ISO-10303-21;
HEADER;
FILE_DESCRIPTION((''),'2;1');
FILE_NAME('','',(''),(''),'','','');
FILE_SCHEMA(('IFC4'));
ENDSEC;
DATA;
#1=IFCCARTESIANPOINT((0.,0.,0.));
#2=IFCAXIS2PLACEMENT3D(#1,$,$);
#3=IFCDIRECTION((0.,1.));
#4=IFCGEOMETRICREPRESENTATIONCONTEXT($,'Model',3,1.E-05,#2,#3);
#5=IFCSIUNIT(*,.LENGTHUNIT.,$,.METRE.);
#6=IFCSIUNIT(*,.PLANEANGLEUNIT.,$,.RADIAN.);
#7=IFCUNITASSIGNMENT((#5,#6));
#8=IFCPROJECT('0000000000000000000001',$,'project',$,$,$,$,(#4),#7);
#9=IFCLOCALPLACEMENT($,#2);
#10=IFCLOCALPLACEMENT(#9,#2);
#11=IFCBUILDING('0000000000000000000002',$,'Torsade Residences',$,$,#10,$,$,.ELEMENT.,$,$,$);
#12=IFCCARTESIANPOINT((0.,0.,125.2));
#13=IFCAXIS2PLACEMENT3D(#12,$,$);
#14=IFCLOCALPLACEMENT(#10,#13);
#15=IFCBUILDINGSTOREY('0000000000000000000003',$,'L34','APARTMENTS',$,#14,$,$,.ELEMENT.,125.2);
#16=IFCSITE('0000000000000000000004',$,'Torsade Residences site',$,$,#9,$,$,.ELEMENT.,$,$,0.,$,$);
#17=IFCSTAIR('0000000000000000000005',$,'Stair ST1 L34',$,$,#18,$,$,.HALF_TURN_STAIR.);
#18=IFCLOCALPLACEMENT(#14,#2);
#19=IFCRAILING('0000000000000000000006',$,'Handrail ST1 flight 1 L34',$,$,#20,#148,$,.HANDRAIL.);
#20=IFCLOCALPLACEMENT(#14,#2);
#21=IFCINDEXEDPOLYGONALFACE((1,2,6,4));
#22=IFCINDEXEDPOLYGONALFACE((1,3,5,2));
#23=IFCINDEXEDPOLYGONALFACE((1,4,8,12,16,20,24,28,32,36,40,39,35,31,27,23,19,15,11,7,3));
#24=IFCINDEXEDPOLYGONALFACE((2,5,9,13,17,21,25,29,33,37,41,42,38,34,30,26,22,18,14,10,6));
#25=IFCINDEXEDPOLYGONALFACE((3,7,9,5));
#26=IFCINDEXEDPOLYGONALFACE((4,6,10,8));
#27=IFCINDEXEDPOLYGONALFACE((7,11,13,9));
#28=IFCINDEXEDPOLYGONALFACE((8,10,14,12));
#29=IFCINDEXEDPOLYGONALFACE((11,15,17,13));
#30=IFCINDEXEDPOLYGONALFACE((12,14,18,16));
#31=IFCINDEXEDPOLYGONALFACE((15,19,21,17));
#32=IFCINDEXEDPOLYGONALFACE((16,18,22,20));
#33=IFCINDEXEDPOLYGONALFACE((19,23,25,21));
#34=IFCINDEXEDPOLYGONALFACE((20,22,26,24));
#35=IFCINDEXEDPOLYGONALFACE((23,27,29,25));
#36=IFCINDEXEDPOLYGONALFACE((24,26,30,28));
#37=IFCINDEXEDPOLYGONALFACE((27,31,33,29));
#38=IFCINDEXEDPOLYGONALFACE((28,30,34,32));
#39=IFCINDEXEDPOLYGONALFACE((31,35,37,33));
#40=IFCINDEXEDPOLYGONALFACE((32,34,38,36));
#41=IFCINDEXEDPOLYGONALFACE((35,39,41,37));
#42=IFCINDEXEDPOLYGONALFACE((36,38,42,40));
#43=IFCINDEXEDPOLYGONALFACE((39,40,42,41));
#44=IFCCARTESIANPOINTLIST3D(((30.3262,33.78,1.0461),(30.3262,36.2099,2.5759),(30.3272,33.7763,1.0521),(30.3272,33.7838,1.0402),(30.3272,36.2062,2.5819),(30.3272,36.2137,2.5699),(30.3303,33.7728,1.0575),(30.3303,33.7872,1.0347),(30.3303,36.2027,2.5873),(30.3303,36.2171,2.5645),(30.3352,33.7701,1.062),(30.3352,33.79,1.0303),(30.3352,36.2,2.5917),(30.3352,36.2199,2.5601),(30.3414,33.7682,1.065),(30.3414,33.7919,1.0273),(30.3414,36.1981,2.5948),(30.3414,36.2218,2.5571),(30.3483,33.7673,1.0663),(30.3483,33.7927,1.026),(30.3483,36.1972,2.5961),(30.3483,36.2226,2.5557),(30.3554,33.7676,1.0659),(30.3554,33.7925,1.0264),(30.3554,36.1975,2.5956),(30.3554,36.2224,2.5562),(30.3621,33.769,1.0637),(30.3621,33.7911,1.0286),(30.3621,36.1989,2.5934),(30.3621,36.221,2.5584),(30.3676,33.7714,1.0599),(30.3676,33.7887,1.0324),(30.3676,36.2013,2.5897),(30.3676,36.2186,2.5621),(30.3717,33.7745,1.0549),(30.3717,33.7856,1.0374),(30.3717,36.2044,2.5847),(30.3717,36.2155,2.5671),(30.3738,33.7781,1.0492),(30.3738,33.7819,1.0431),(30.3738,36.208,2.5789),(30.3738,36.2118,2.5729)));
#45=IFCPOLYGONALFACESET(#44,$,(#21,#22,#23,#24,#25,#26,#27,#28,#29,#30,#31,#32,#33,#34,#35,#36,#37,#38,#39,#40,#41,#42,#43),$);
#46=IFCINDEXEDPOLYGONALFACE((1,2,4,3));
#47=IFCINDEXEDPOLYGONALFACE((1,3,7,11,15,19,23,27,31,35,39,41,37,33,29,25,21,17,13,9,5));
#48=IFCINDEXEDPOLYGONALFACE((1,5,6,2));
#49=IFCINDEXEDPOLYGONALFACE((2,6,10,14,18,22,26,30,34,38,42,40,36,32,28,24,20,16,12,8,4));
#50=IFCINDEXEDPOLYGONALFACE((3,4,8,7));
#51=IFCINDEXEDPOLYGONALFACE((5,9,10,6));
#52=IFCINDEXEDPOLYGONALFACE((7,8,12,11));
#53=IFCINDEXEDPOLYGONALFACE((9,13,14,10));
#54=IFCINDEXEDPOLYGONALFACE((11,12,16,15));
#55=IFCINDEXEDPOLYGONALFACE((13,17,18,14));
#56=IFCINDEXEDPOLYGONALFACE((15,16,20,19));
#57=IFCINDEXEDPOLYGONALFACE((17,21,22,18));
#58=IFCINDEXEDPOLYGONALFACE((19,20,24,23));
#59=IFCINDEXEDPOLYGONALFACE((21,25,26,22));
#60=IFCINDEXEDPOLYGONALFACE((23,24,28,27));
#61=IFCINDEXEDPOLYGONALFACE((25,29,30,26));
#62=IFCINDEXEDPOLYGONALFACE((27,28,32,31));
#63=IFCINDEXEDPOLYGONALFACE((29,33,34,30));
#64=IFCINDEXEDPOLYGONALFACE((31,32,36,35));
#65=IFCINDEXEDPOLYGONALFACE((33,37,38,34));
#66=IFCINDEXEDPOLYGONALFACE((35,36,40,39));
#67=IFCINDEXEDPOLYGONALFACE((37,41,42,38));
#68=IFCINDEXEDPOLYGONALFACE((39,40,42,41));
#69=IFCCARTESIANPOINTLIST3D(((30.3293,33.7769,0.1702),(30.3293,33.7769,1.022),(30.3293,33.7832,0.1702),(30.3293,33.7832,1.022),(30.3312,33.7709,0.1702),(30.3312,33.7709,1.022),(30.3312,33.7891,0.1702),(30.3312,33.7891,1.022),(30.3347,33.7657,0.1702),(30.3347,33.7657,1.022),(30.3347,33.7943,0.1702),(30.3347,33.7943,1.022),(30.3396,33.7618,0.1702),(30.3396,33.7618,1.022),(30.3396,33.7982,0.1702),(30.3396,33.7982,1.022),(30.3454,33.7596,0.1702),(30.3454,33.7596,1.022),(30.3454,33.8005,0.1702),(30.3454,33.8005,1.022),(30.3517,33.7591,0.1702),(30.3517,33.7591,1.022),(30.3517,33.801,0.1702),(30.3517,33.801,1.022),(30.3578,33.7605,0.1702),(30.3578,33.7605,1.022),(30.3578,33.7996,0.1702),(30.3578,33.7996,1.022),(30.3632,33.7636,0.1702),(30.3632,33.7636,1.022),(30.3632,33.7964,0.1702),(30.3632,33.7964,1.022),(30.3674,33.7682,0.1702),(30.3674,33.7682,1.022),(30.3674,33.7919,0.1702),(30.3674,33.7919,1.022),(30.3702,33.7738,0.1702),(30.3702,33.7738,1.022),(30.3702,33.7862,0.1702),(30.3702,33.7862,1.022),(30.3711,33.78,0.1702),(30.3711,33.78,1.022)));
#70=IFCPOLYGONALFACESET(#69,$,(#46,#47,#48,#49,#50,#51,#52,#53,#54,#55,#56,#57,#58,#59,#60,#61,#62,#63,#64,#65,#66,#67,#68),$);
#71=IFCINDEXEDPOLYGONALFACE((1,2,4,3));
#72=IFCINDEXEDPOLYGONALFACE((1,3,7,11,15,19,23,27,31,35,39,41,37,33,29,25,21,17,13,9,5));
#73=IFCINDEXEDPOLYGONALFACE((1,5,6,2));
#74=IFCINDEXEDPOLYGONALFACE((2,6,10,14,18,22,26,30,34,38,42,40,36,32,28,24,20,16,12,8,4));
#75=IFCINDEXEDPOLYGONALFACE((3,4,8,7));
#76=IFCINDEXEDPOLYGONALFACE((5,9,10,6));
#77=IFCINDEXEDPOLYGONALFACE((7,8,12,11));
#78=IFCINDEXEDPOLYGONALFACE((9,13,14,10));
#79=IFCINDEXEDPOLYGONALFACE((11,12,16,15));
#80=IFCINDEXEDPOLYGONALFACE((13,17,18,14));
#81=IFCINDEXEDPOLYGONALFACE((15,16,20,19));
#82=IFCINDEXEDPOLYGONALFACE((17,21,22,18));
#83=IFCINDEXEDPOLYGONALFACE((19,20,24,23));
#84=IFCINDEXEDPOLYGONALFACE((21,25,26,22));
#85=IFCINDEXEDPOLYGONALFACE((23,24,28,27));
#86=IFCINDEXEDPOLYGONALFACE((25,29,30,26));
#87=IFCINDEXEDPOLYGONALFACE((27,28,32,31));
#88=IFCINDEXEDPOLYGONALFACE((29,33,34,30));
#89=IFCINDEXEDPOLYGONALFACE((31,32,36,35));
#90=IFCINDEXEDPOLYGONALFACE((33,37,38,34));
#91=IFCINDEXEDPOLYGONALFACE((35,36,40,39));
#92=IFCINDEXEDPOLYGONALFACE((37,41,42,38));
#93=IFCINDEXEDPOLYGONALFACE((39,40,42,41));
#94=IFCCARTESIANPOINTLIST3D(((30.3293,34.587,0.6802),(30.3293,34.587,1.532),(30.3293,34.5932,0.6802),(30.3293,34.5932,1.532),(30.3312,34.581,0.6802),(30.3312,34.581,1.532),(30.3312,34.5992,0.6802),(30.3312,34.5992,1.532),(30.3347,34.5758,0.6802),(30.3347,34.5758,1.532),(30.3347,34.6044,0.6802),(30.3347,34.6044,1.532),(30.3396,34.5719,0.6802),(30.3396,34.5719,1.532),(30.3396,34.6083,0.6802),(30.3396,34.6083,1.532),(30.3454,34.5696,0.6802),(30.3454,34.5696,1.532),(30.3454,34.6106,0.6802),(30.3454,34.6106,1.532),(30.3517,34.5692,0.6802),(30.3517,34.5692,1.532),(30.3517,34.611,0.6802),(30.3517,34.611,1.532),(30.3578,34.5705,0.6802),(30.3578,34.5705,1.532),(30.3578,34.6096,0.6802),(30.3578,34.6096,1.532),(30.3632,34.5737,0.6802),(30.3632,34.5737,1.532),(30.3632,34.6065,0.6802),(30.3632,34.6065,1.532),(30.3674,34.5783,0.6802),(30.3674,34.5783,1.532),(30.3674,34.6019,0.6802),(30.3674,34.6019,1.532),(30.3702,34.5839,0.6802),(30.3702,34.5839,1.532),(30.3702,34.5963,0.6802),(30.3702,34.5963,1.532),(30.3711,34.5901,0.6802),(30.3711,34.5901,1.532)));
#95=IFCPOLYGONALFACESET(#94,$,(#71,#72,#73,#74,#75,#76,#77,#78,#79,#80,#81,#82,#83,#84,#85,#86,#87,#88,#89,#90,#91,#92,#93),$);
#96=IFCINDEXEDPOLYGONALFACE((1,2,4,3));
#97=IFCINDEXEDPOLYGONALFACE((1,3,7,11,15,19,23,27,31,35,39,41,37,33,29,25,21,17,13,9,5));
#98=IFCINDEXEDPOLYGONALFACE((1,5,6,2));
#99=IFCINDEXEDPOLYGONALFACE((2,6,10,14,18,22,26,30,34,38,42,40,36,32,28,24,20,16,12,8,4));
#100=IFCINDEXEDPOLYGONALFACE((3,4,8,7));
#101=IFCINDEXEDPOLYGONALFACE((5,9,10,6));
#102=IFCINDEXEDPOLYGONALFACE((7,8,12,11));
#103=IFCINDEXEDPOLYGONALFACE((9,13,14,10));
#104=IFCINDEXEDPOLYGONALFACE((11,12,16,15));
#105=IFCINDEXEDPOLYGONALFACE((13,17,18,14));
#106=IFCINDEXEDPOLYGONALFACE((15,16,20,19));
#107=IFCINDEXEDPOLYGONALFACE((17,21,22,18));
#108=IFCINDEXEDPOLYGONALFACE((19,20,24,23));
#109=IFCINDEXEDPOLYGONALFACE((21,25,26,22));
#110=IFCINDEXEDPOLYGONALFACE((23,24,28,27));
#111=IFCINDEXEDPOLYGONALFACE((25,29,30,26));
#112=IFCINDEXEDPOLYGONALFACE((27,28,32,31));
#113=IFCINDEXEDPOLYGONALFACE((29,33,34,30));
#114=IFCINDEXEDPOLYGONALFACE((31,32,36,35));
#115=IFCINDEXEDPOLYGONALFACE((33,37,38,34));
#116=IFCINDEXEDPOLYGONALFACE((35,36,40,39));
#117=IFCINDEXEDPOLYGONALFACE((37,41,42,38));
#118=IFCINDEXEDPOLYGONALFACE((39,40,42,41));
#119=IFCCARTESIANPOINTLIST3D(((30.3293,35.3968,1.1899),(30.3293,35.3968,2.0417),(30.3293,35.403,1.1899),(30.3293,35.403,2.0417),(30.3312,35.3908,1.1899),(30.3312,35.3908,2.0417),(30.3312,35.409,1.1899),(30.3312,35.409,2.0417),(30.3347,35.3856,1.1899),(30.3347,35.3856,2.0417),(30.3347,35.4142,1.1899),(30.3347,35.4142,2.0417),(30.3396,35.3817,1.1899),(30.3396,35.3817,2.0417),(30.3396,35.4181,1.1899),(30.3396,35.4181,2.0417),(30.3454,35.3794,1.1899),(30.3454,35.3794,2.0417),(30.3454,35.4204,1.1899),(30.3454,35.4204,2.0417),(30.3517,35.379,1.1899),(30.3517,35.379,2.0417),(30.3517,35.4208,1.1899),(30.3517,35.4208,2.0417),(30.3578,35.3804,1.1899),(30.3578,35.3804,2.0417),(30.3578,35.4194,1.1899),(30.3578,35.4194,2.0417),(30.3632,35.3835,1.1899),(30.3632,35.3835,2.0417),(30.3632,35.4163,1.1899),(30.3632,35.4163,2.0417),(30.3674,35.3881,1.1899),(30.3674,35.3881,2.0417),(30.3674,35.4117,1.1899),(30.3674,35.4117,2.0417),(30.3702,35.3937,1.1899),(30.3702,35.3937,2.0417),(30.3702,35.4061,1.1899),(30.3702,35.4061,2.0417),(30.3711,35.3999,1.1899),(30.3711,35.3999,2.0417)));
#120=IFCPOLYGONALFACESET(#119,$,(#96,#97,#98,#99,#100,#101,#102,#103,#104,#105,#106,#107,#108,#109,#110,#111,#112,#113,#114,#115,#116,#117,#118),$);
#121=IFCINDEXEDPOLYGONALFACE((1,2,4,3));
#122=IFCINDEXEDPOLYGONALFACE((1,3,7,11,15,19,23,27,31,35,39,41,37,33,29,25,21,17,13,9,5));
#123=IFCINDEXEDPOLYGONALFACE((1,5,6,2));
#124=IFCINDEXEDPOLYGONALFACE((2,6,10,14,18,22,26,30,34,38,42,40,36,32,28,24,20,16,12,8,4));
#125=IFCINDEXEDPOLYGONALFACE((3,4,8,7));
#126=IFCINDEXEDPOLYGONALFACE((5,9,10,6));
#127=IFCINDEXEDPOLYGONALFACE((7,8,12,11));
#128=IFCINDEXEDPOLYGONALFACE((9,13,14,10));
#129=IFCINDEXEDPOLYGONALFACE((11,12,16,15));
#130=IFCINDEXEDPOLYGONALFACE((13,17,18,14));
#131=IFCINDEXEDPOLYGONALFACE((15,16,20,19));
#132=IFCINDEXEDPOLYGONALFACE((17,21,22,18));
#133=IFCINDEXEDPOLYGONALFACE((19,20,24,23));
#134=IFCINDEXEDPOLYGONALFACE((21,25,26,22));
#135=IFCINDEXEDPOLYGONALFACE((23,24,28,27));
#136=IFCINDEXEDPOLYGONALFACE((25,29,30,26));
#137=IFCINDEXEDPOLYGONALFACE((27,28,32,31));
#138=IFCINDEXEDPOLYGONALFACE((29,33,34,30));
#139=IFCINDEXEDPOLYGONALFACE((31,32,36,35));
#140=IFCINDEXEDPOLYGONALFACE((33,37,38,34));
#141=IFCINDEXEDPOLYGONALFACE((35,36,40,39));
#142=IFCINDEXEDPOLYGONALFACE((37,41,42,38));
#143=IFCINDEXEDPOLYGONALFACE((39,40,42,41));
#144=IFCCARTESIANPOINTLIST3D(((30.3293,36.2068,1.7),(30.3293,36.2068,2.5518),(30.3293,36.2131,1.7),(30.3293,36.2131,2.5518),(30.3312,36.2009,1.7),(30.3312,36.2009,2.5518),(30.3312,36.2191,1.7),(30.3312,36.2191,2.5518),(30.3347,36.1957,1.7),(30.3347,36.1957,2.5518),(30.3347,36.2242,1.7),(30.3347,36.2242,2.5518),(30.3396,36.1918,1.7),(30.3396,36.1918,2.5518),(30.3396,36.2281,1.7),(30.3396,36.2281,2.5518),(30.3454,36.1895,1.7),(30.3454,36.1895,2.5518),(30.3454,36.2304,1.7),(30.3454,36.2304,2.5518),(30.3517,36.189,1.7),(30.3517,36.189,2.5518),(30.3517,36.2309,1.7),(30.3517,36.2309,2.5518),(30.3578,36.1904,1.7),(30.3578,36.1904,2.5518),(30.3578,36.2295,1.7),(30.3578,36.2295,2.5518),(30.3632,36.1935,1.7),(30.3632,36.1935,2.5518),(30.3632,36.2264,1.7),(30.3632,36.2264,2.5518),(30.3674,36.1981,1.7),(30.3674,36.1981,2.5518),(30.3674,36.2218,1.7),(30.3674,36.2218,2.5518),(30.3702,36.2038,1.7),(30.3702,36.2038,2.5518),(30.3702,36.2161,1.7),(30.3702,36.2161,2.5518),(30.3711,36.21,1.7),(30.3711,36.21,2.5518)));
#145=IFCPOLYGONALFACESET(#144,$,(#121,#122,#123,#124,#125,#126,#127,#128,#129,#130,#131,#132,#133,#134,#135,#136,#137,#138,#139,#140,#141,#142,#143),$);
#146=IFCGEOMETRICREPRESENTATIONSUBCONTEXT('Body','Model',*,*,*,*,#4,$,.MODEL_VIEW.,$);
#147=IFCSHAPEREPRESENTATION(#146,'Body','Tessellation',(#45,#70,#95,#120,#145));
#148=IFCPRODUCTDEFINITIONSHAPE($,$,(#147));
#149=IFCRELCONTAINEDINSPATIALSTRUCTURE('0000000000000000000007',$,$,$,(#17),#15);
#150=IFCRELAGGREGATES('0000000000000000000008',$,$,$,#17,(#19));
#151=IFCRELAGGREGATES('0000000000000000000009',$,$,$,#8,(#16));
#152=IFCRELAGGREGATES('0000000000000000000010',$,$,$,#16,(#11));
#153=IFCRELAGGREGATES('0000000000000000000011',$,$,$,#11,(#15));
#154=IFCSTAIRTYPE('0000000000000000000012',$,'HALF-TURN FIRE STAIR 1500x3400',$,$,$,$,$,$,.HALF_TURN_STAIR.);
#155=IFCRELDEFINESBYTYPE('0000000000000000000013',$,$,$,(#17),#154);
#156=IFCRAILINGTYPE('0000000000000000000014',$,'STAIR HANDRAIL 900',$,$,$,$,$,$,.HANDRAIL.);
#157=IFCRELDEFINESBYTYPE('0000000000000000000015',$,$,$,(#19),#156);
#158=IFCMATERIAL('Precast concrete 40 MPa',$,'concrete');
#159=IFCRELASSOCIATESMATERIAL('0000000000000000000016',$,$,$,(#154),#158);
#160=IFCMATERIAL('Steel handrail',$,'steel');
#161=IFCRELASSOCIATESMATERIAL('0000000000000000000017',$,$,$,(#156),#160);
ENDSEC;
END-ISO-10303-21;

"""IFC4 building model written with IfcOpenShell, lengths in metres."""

from ifc_helpers import new_model, si_unit, direction, frame, origin, origin_2d, place, context, subcontext, project, spatial, circle, extrude, material, type_object, element, aggregate, save


model = new_model("IFC4")

# Units and contexts
model_context = context("Model", 3, precision=1e-05, world=origin(), true_north=direction((0.0, 1.0)))
body_context = subcontext(model_context, "Body", "Model", "MODEL_VIEW")
ifc_project = project(units=[si_unit("LENGTHUNIT", "METRE"), si_unit("PLANEANGLEUNIT", "RADIAN")], contexts=[model_context])

# Site, building, storey
site_placement = place(None, origin())
site = spatial("IfcSite", under=ifc_project, at=site_placement, Name="Torsade Residences site", CompositionType="ELEMENT", RefElevation=0.0)
building_placement = place(site_placement, origin())
building = spatial("IfcBuilding", under=site, at=building_placement, Name="Torsade Residences", CompositionType="ELEMENT")
storey_placement = place(building_placement, frame((0.0, 0.0, 125.2)))
storey = spatial("IfcBuildingStorey", under=building, at=storey_placement, Name="L34", Description="APARTMENTS", CompositionType="ELEMENT", Elevation=125.2)

# Stair, railing
ifc_material_1 = material(Name="Precast concrete 40 MPa", Category="concrete")
stair_type = type_object("IfcStairType", Name="HALF-TURN FIRE STAIR 1500x3400", PredefinedType="HALF_TURN_STAIR", material=ifc_material_1)
stair_placement = place(storey_placement, origin())
stair = element("IfcStair", 1, at=stair_placement, inside=storey, type_object=stair_type, Name="Stair ST1 L34", PredefinedType="HALF_TURN_STAIR")
ifc_material_2 = material(Name="Steel handrail", Category="steel")
railing_type = type_object("IfcRailingType", Name="STAIR HANDRAIL 900", PredefinedType="HANDRAIL", material=ifc_material_2)
railing_1_placement = place(storey_placement, frame((30.3501, 33.78, 0.1702)))
railing_1 = element("IfcRailing", 2, at=railing_1_placement, type_object=railing_type, Name="Handrail ST1 flight 1 L34", PredefinedType="HANDRAIL", context=body_context, shape_type="SweptSolid", body=[
    extrude(circle(Radius=0.0239, at=origin_2d()), frame((0.0, 0.0, 0.876), z_axis=(0.0, 0.84626, 0.53277), x_axis=(-1.0, 0.0, 0.0)), (0.0, 0.0, 1.0), 2.8713),
    extrude(circle(Radius=0.021, at=origin_2d()), origin(), (0.0, 0.0, 1.0), 0.8518),
    extrude(circle(Radius=0.021, at=origin_2d()), frame((0.0, 0.8101, 0.51)), (0.0, 0.0, 1.0), 0.8518),
    extrude(circle(Radius=0.021, at=origin_2d()), frame((0.0, 1.6199, 1.0198)), (0.0, 0.0, 1.0), 0.8518),
    extrude(circle(Radius=0.021, at=origin_2d()), frame((0.0, 2.4299, 1.5298)), (0.0, 0.0, 1.0), 0.8518),
])
aggregate(stair, [railing_1])

save(model, "model.ifc")
